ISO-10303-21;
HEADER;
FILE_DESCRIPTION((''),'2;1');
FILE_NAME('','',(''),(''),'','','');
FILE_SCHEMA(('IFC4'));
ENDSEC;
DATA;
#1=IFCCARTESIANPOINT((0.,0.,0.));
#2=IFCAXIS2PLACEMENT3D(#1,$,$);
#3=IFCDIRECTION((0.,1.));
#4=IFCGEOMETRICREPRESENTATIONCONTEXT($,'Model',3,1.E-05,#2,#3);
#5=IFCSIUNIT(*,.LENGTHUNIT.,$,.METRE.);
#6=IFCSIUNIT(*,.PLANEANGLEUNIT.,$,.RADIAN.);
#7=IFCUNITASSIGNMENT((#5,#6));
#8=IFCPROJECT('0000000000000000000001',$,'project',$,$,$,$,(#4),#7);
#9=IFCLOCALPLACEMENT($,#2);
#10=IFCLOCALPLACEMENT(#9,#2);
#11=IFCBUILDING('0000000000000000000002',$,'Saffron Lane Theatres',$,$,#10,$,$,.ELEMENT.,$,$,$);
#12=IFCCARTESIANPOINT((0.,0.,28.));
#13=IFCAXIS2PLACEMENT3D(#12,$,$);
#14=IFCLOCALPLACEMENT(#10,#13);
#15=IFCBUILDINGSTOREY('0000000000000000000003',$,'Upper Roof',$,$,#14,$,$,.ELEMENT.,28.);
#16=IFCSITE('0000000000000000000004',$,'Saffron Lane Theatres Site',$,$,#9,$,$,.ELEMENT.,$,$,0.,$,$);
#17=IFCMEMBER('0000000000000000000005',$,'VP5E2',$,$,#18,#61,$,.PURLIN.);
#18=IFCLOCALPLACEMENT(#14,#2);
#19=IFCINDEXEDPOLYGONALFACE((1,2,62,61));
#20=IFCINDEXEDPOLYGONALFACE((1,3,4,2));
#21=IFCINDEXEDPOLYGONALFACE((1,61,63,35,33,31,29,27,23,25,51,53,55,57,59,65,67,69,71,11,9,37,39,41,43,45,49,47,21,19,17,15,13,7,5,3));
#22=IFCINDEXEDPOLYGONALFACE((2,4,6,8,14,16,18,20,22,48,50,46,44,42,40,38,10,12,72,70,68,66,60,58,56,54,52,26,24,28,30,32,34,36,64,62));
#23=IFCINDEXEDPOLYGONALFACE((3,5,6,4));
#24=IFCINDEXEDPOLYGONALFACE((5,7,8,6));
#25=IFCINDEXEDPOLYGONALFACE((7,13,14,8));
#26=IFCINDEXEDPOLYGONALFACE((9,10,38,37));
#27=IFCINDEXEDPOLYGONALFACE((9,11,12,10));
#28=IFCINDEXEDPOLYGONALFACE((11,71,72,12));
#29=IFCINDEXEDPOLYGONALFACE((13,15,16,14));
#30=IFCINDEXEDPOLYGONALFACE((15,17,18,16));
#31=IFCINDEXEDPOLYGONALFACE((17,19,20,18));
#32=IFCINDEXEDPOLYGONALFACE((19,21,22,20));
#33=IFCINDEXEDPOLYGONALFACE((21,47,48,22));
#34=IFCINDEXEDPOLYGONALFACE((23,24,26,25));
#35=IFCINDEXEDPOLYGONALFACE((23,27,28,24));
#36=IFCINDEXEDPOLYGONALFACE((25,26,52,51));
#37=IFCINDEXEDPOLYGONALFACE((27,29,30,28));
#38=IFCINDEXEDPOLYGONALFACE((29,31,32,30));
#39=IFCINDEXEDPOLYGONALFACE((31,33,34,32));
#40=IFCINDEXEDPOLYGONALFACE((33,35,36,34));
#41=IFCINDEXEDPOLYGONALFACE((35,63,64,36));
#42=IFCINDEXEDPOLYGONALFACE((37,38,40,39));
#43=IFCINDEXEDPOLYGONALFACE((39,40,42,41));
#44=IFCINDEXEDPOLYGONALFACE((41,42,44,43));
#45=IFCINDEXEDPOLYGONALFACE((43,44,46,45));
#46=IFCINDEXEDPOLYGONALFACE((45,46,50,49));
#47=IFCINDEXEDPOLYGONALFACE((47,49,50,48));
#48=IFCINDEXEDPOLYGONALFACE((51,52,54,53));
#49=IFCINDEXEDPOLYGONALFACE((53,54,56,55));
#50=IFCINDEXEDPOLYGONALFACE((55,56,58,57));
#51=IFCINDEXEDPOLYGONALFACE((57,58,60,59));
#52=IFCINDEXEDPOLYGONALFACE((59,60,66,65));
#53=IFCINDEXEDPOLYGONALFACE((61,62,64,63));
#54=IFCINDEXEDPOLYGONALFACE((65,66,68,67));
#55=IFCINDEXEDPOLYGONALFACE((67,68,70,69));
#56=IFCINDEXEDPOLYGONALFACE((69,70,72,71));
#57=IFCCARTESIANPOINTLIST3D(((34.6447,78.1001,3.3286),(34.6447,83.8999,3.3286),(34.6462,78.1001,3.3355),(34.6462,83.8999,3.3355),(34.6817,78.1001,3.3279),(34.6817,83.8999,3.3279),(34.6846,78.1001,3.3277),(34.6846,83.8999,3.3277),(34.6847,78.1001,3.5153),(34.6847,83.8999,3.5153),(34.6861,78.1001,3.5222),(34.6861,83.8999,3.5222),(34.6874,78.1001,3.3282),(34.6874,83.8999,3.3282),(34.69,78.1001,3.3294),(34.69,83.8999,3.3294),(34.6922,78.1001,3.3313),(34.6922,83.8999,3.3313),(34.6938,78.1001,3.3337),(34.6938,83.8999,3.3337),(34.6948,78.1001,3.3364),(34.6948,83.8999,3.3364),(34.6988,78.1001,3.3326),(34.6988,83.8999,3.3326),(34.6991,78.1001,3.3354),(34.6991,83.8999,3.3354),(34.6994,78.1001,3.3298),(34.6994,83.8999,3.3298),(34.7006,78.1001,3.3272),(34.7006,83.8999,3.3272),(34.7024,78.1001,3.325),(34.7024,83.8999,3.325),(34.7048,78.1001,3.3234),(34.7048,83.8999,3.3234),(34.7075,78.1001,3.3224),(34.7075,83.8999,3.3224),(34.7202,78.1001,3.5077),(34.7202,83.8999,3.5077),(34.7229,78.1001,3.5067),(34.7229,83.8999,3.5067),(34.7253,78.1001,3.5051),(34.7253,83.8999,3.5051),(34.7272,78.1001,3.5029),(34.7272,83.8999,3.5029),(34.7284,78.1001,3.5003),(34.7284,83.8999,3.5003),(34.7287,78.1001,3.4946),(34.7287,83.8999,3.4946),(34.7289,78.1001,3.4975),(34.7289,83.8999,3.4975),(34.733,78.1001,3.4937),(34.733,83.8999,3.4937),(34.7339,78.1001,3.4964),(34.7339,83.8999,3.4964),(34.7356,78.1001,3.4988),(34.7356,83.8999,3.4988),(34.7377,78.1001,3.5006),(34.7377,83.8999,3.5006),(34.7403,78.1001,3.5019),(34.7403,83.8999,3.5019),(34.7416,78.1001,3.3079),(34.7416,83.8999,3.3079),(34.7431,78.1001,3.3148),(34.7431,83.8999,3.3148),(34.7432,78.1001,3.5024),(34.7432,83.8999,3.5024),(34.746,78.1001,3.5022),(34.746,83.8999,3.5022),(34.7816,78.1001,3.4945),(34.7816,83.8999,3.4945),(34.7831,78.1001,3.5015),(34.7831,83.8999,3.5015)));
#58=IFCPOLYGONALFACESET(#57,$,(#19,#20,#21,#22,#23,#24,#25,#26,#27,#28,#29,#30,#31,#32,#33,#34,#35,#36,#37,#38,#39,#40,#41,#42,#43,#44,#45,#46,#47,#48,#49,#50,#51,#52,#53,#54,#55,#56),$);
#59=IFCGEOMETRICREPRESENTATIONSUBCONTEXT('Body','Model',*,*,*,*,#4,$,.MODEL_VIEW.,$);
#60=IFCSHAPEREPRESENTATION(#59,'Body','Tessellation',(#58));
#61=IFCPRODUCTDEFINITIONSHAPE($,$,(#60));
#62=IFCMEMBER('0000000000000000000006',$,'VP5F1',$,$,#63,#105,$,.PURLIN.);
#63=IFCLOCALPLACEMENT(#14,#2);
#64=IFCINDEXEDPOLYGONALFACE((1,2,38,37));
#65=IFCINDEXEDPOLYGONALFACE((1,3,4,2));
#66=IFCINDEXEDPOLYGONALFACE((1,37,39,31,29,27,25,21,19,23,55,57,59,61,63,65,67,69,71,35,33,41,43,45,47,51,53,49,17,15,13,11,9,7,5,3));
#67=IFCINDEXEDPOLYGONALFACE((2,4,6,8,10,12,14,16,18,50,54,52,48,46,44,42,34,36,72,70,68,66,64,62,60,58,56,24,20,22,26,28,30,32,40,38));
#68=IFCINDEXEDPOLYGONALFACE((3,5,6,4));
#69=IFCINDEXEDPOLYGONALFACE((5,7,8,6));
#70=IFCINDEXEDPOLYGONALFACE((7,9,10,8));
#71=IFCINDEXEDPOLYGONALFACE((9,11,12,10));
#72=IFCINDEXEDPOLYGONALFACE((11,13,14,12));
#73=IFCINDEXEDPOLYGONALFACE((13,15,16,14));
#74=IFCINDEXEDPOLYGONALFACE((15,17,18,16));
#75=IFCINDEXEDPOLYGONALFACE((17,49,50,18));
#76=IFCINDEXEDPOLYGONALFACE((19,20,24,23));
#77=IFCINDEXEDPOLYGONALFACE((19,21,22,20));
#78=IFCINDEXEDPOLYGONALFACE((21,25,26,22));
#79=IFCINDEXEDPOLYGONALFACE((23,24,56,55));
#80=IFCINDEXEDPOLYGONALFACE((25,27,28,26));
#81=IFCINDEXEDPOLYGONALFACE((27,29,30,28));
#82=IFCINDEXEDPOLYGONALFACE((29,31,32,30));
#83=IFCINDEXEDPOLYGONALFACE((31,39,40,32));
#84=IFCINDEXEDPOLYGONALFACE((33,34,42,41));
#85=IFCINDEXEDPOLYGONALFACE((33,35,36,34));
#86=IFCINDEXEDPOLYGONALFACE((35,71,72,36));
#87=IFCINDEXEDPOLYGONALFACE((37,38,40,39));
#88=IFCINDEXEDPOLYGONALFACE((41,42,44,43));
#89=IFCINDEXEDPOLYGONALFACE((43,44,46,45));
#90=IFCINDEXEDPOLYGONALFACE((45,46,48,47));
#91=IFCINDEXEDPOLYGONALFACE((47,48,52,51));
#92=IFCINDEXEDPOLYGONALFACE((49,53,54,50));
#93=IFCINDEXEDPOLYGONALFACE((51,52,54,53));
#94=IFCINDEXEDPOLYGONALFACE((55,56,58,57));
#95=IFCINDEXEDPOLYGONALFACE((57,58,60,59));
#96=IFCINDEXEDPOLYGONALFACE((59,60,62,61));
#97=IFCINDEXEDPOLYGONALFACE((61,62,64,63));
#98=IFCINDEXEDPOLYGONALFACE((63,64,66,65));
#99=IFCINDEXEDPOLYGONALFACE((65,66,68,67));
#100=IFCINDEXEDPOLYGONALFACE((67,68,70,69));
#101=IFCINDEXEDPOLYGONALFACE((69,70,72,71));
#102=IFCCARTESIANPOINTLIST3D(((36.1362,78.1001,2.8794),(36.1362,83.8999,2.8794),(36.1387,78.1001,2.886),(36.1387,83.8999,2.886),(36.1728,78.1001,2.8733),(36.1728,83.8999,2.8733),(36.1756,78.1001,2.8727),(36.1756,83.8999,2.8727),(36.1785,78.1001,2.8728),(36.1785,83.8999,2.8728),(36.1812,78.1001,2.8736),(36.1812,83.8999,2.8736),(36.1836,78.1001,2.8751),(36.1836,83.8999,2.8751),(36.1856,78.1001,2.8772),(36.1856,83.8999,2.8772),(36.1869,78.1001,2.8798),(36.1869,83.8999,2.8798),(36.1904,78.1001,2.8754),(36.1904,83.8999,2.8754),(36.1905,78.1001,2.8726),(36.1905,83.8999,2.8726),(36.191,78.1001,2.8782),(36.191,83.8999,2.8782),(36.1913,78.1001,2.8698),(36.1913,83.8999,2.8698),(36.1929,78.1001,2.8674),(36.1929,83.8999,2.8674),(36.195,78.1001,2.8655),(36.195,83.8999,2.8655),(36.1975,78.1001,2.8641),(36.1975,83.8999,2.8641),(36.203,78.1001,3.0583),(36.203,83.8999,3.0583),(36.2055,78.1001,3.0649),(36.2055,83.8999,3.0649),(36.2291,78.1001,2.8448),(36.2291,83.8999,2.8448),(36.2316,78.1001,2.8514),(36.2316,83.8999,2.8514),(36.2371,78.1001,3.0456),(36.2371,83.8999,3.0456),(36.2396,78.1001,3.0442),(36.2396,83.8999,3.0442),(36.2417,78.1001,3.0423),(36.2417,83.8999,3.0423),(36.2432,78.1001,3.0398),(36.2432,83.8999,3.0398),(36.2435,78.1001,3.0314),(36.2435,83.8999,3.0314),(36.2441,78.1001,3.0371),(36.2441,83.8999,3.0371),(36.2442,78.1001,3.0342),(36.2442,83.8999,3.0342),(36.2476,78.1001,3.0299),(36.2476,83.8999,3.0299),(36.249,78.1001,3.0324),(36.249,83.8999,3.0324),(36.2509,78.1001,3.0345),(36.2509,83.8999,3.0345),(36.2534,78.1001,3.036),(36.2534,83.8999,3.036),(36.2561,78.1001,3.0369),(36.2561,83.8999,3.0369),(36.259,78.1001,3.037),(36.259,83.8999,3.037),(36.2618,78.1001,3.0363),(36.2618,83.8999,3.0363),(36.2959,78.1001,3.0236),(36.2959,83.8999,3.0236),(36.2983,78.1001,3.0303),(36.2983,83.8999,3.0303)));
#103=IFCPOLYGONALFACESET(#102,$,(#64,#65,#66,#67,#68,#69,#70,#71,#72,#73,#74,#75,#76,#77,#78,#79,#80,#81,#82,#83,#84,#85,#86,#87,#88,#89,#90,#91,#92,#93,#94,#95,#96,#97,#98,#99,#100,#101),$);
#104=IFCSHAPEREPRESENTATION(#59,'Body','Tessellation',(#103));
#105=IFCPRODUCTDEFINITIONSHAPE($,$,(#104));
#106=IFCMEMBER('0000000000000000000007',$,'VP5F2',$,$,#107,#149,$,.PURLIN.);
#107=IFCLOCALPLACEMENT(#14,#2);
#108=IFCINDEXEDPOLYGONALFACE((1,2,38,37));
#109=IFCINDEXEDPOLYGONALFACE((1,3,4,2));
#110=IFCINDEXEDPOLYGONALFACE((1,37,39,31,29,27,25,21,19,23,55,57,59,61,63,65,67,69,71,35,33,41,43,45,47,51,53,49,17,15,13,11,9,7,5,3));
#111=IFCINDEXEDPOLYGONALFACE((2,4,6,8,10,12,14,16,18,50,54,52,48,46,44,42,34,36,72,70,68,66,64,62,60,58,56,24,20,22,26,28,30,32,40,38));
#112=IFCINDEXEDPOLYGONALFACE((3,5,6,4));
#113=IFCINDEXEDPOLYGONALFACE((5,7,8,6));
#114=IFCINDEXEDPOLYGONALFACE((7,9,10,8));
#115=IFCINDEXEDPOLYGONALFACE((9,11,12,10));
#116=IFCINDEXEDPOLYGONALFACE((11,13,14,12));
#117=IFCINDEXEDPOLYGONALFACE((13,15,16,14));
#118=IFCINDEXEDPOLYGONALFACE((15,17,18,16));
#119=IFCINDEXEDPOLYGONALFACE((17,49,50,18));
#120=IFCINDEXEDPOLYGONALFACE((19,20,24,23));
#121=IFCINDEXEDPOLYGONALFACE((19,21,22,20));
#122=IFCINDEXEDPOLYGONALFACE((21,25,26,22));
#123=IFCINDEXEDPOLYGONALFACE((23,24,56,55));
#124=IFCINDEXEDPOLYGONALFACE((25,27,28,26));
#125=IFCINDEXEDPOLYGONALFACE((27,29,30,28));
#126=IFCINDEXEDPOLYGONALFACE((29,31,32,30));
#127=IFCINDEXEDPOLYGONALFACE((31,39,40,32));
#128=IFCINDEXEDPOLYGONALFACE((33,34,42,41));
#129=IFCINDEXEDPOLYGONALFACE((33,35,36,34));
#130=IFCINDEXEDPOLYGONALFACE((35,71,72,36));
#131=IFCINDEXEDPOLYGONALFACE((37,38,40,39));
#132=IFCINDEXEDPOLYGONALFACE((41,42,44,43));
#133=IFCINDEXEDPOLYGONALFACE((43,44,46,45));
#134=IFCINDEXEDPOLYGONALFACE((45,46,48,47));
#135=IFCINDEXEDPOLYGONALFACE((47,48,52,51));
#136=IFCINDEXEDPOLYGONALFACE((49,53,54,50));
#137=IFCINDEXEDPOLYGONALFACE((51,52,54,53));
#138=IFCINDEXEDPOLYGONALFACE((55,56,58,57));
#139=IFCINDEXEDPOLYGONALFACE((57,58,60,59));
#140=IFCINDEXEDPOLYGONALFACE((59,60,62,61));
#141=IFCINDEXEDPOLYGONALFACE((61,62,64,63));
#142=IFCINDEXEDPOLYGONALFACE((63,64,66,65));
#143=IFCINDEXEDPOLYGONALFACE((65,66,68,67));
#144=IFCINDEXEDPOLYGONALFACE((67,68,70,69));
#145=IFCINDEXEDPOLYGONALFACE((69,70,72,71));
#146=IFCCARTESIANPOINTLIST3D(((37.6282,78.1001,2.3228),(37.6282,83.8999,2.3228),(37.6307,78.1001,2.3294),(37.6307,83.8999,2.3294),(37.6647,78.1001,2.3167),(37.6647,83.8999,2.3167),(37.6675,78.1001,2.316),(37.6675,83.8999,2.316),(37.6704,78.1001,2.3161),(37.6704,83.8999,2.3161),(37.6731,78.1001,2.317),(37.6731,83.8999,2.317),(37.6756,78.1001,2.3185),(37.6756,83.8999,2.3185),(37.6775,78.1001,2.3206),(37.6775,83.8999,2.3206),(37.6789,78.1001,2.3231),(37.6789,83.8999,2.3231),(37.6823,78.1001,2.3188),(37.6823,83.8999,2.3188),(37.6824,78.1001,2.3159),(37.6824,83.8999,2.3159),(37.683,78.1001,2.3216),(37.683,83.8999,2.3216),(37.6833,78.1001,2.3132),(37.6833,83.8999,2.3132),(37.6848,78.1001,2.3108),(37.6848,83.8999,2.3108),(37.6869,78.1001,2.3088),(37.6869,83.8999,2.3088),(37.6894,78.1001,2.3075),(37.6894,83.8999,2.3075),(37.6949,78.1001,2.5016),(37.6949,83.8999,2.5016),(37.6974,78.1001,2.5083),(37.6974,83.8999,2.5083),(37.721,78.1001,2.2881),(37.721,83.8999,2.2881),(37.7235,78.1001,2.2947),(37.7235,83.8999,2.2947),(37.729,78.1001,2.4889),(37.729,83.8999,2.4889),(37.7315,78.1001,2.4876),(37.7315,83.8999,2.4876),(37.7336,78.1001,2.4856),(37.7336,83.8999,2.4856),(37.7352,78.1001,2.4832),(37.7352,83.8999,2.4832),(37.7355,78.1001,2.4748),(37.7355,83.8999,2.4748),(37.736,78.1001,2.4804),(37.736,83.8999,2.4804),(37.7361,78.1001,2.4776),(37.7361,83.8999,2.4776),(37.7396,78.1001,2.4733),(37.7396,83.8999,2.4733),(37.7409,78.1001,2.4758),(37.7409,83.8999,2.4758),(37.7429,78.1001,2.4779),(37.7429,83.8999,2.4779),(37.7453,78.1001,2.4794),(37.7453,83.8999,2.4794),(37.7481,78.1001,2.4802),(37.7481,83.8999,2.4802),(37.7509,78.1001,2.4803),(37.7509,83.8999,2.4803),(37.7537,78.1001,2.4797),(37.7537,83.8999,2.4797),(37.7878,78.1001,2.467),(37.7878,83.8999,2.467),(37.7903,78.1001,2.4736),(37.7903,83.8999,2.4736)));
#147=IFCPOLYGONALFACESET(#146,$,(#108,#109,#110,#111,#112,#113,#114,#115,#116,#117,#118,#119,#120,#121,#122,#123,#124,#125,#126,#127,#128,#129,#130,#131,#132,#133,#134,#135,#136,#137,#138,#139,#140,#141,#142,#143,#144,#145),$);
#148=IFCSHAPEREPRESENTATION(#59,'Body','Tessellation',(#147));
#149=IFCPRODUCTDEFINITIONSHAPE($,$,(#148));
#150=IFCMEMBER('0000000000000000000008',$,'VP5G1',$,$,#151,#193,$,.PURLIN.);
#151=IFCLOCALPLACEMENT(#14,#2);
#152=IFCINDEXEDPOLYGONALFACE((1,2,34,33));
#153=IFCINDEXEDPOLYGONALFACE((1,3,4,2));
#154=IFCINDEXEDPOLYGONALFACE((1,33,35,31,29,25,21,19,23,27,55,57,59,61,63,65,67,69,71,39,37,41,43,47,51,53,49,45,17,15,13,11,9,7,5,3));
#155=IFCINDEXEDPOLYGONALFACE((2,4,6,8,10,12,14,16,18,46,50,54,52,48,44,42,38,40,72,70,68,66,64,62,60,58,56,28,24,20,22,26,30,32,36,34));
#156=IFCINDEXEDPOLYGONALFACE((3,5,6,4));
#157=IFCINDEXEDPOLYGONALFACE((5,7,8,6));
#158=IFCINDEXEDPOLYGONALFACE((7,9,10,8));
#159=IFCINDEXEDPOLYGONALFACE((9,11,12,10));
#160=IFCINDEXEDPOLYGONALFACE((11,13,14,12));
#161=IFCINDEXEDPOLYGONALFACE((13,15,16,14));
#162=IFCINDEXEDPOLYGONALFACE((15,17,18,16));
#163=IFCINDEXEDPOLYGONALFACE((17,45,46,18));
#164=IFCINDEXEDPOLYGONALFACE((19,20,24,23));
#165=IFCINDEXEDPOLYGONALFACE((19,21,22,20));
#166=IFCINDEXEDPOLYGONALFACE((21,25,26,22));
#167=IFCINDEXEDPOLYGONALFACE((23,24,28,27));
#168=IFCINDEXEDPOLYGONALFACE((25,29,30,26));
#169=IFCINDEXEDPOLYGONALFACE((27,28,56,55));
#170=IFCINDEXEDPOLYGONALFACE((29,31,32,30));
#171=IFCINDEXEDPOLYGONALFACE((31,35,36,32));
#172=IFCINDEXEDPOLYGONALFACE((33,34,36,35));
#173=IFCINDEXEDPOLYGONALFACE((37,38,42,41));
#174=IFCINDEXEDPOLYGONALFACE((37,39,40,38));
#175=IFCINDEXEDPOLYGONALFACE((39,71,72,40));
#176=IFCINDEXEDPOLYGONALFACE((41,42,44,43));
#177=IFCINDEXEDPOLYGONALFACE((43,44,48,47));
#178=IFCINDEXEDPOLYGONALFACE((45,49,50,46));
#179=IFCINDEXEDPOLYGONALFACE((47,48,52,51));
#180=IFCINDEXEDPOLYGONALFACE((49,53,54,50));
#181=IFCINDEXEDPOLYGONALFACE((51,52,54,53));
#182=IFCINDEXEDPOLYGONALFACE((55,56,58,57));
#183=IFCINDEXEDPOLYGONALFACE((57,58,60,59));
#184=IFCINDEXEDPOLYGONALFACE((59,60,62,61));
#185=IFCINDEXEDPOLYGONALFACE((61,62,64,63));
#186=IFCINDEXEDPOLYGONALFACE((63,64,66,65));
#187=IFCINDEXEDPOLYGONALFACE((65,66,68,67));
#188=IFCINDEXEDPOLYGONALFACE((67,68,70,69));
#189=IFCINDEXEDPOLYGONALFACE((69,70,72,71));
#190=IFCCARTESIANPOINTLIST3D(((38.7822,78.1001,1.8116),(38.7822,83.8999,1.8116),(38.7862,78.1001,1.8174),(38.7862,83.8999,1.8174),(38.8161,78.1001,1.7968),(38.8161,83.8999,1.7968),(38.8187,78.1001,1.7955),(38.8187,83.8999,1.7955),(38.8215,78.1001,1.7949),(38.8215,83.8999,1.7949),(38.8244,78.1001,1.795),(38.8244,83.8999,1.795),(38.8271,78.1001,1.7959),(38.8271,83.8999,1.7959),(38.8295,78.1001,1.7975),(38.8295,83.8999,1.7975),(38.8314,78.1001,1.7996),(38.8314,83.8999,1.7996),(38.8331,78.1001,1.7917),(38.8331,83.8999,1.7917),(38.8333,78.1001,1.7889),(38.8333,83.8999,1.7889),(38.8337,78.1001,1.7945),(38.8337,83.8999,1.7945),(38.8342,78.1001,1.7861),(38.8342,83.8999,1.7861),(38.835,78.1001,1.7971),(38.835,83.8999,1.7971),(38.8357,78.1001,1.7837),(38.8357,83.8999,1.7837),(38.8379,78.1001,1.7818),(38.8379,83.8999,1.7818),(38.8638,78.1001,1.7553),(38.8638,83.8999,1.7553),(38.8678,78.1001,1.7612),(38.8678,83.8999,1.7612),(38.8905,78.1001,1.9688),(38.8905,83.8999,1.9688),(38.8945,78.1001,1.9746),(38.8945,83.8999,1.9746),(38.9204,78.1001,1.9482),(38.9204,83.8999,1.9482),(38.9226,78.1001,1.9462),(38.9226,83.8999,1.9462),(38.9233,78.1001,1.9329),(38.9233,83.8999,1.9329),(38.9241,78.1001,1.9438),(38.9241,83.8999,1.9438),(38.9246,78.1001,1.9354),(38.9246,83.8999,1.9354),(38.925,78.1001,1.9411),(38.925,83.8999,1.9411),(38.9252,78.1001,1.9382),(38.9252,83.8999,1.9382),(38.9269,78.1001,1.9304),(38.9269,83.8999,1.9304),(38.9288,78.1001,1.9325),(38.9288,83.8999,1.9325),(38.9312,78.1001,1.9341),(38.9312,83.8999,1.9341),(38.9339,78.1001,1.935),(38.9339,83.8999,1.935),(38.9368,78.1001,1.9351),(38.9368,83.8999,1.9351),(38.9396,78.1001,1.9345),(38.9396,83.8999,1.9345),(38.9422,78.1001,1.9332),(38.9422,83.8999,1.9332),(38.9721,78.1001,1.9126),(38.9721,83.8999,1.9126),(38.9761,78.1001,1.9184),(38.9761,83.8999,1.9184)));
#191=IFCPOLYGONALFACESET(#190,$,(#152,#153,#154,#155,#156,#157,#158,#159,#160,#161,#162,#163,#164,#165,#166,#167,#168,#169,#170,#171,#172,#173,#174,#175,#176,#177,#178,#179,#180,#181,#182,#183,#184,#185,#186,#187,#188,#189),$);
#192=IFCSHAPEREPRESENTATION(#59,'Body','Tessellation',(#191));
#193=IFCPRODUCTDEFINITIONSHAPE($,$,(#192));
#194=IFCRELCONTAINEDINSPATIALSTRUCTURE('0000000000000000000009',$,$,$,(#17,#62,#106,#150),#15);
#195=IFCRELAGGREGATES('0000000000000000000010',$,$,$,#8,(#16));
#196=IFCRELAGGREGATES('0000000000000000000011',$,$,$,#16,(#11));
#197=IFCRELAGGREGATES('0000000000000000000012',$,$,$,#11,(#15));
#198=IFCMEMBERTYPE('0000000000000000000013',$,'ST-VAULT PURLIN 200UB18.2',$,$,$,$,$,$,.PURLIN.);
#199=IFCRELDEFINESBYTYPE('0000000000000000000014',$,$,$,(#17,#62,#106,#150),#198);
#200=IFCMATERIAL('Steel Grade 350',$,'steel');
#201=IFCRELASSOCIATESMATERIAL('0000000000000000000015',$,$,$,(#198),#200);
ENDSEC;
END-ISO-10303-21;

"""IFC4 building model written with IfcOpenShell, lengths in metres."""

from ifc_helpers import new_model, si_unit, direction, frame, origin, origin_2d, place, context, subcontext, project, spatial, i_section, extrude, material, material_profile, profile_set, type_object, element, save


model = new_model("IFC4")

# Units and contexts
model_context = context("Model", 3, precision=1e-05, world=origin(), true_north=direction((0.0, 1.0)))
body_context = subcontext(model_context, "Body", "Model", "MODEL_VIEW")
ifc_project = project(units=[si_unit("LENGTHUNIT", "METRE"), si_unit("PLANEANGLEUNIT", "RADIAN")], contexts=[model_context])

# Site, building, storey
site_placement = place(None, origin())
site = spatial("IfcSite", under=ifc_project, at=site_placement, Name="Saffron Lane Theatres Site", CompositionType="ELEMENT", RefElevation=0.0)
building_placement = place(site_placement, origin())
building = spatial("IfcBuilding", under=site, at=building_placement, Name="Saffron Lane Theatres", CompositionType="ELEMENT")
storey_placement = place(building_placement, frame((0.0, 0.0, 28.0)))
storey = spatial("IfcBuildingStorey", under=building, at=storey_placement, Name="Upper Roof", CompositionType="ELEMENT", Elevation=28.0)

# Members
ifc_material_1 = material(Name="Steel Grade 350", Category="steel")
ifc_material_profile_1 = material_profile(ifc_material_1, i_section(OverallWidth=0.0991, OverallDepth=0.198, WebThickness=0.0044, FlangeThickness=0.0071, FilletRadius=0.011, at=origin_2d()))
ifc_profile_set_1 = profile_set([ifc_material_profile_1], Name="Steel Grade 350")
member_type_1 = type_object("IfcMemberType", Name="ST-VAULT PURLIN 200UB18.2", PredefinedType="PURLIN", material=ifc_profile_set_1)
for number, where, z_axis, x_axis, name in (
    (1, (34.7139, 78.1001, 3.415), (0.0, 1.0, 0.0), (0.977816, 0.0, -0.209466), "VP5E2"),
    (2, (36.2173, 78.1001, 2.9548), (0.0, 1.0, 0.0), (0.93689, 0.0, -0.349624), "VP5F1"),
    (3, (37.7092, 78.1001, 2.3982), (0.0, 1.0, 0.0), (0.93689, 0.0, -0.349624), "VP5F2"),
    (4, (38.8792, 78.1001, 1.865), (0.0, 1.0, 0.0), (0.823487, 0.0, -0.567335), "VP5G1"),
):
    element("IfcMember", number, at=place(storey_placement, frame(where, z_axis=z_axis, x_axis=x_axis)), inside=storey, type_object=member_type_1, Name=name, PredefinedType="PURLIN", context=body_context, shape_type="SweptSolid", body=[
        extrude(i_section(OverallWidth=0.0991, OverallDepth=0.198, WebThickness=0.0044, FlangeThickness=0.0071, FilletRadius=0.011, at=origin_2d()), origin(), (0.0, 0.0, 1.0), 5.7998),
    ])

save(model, "model.ifc")
